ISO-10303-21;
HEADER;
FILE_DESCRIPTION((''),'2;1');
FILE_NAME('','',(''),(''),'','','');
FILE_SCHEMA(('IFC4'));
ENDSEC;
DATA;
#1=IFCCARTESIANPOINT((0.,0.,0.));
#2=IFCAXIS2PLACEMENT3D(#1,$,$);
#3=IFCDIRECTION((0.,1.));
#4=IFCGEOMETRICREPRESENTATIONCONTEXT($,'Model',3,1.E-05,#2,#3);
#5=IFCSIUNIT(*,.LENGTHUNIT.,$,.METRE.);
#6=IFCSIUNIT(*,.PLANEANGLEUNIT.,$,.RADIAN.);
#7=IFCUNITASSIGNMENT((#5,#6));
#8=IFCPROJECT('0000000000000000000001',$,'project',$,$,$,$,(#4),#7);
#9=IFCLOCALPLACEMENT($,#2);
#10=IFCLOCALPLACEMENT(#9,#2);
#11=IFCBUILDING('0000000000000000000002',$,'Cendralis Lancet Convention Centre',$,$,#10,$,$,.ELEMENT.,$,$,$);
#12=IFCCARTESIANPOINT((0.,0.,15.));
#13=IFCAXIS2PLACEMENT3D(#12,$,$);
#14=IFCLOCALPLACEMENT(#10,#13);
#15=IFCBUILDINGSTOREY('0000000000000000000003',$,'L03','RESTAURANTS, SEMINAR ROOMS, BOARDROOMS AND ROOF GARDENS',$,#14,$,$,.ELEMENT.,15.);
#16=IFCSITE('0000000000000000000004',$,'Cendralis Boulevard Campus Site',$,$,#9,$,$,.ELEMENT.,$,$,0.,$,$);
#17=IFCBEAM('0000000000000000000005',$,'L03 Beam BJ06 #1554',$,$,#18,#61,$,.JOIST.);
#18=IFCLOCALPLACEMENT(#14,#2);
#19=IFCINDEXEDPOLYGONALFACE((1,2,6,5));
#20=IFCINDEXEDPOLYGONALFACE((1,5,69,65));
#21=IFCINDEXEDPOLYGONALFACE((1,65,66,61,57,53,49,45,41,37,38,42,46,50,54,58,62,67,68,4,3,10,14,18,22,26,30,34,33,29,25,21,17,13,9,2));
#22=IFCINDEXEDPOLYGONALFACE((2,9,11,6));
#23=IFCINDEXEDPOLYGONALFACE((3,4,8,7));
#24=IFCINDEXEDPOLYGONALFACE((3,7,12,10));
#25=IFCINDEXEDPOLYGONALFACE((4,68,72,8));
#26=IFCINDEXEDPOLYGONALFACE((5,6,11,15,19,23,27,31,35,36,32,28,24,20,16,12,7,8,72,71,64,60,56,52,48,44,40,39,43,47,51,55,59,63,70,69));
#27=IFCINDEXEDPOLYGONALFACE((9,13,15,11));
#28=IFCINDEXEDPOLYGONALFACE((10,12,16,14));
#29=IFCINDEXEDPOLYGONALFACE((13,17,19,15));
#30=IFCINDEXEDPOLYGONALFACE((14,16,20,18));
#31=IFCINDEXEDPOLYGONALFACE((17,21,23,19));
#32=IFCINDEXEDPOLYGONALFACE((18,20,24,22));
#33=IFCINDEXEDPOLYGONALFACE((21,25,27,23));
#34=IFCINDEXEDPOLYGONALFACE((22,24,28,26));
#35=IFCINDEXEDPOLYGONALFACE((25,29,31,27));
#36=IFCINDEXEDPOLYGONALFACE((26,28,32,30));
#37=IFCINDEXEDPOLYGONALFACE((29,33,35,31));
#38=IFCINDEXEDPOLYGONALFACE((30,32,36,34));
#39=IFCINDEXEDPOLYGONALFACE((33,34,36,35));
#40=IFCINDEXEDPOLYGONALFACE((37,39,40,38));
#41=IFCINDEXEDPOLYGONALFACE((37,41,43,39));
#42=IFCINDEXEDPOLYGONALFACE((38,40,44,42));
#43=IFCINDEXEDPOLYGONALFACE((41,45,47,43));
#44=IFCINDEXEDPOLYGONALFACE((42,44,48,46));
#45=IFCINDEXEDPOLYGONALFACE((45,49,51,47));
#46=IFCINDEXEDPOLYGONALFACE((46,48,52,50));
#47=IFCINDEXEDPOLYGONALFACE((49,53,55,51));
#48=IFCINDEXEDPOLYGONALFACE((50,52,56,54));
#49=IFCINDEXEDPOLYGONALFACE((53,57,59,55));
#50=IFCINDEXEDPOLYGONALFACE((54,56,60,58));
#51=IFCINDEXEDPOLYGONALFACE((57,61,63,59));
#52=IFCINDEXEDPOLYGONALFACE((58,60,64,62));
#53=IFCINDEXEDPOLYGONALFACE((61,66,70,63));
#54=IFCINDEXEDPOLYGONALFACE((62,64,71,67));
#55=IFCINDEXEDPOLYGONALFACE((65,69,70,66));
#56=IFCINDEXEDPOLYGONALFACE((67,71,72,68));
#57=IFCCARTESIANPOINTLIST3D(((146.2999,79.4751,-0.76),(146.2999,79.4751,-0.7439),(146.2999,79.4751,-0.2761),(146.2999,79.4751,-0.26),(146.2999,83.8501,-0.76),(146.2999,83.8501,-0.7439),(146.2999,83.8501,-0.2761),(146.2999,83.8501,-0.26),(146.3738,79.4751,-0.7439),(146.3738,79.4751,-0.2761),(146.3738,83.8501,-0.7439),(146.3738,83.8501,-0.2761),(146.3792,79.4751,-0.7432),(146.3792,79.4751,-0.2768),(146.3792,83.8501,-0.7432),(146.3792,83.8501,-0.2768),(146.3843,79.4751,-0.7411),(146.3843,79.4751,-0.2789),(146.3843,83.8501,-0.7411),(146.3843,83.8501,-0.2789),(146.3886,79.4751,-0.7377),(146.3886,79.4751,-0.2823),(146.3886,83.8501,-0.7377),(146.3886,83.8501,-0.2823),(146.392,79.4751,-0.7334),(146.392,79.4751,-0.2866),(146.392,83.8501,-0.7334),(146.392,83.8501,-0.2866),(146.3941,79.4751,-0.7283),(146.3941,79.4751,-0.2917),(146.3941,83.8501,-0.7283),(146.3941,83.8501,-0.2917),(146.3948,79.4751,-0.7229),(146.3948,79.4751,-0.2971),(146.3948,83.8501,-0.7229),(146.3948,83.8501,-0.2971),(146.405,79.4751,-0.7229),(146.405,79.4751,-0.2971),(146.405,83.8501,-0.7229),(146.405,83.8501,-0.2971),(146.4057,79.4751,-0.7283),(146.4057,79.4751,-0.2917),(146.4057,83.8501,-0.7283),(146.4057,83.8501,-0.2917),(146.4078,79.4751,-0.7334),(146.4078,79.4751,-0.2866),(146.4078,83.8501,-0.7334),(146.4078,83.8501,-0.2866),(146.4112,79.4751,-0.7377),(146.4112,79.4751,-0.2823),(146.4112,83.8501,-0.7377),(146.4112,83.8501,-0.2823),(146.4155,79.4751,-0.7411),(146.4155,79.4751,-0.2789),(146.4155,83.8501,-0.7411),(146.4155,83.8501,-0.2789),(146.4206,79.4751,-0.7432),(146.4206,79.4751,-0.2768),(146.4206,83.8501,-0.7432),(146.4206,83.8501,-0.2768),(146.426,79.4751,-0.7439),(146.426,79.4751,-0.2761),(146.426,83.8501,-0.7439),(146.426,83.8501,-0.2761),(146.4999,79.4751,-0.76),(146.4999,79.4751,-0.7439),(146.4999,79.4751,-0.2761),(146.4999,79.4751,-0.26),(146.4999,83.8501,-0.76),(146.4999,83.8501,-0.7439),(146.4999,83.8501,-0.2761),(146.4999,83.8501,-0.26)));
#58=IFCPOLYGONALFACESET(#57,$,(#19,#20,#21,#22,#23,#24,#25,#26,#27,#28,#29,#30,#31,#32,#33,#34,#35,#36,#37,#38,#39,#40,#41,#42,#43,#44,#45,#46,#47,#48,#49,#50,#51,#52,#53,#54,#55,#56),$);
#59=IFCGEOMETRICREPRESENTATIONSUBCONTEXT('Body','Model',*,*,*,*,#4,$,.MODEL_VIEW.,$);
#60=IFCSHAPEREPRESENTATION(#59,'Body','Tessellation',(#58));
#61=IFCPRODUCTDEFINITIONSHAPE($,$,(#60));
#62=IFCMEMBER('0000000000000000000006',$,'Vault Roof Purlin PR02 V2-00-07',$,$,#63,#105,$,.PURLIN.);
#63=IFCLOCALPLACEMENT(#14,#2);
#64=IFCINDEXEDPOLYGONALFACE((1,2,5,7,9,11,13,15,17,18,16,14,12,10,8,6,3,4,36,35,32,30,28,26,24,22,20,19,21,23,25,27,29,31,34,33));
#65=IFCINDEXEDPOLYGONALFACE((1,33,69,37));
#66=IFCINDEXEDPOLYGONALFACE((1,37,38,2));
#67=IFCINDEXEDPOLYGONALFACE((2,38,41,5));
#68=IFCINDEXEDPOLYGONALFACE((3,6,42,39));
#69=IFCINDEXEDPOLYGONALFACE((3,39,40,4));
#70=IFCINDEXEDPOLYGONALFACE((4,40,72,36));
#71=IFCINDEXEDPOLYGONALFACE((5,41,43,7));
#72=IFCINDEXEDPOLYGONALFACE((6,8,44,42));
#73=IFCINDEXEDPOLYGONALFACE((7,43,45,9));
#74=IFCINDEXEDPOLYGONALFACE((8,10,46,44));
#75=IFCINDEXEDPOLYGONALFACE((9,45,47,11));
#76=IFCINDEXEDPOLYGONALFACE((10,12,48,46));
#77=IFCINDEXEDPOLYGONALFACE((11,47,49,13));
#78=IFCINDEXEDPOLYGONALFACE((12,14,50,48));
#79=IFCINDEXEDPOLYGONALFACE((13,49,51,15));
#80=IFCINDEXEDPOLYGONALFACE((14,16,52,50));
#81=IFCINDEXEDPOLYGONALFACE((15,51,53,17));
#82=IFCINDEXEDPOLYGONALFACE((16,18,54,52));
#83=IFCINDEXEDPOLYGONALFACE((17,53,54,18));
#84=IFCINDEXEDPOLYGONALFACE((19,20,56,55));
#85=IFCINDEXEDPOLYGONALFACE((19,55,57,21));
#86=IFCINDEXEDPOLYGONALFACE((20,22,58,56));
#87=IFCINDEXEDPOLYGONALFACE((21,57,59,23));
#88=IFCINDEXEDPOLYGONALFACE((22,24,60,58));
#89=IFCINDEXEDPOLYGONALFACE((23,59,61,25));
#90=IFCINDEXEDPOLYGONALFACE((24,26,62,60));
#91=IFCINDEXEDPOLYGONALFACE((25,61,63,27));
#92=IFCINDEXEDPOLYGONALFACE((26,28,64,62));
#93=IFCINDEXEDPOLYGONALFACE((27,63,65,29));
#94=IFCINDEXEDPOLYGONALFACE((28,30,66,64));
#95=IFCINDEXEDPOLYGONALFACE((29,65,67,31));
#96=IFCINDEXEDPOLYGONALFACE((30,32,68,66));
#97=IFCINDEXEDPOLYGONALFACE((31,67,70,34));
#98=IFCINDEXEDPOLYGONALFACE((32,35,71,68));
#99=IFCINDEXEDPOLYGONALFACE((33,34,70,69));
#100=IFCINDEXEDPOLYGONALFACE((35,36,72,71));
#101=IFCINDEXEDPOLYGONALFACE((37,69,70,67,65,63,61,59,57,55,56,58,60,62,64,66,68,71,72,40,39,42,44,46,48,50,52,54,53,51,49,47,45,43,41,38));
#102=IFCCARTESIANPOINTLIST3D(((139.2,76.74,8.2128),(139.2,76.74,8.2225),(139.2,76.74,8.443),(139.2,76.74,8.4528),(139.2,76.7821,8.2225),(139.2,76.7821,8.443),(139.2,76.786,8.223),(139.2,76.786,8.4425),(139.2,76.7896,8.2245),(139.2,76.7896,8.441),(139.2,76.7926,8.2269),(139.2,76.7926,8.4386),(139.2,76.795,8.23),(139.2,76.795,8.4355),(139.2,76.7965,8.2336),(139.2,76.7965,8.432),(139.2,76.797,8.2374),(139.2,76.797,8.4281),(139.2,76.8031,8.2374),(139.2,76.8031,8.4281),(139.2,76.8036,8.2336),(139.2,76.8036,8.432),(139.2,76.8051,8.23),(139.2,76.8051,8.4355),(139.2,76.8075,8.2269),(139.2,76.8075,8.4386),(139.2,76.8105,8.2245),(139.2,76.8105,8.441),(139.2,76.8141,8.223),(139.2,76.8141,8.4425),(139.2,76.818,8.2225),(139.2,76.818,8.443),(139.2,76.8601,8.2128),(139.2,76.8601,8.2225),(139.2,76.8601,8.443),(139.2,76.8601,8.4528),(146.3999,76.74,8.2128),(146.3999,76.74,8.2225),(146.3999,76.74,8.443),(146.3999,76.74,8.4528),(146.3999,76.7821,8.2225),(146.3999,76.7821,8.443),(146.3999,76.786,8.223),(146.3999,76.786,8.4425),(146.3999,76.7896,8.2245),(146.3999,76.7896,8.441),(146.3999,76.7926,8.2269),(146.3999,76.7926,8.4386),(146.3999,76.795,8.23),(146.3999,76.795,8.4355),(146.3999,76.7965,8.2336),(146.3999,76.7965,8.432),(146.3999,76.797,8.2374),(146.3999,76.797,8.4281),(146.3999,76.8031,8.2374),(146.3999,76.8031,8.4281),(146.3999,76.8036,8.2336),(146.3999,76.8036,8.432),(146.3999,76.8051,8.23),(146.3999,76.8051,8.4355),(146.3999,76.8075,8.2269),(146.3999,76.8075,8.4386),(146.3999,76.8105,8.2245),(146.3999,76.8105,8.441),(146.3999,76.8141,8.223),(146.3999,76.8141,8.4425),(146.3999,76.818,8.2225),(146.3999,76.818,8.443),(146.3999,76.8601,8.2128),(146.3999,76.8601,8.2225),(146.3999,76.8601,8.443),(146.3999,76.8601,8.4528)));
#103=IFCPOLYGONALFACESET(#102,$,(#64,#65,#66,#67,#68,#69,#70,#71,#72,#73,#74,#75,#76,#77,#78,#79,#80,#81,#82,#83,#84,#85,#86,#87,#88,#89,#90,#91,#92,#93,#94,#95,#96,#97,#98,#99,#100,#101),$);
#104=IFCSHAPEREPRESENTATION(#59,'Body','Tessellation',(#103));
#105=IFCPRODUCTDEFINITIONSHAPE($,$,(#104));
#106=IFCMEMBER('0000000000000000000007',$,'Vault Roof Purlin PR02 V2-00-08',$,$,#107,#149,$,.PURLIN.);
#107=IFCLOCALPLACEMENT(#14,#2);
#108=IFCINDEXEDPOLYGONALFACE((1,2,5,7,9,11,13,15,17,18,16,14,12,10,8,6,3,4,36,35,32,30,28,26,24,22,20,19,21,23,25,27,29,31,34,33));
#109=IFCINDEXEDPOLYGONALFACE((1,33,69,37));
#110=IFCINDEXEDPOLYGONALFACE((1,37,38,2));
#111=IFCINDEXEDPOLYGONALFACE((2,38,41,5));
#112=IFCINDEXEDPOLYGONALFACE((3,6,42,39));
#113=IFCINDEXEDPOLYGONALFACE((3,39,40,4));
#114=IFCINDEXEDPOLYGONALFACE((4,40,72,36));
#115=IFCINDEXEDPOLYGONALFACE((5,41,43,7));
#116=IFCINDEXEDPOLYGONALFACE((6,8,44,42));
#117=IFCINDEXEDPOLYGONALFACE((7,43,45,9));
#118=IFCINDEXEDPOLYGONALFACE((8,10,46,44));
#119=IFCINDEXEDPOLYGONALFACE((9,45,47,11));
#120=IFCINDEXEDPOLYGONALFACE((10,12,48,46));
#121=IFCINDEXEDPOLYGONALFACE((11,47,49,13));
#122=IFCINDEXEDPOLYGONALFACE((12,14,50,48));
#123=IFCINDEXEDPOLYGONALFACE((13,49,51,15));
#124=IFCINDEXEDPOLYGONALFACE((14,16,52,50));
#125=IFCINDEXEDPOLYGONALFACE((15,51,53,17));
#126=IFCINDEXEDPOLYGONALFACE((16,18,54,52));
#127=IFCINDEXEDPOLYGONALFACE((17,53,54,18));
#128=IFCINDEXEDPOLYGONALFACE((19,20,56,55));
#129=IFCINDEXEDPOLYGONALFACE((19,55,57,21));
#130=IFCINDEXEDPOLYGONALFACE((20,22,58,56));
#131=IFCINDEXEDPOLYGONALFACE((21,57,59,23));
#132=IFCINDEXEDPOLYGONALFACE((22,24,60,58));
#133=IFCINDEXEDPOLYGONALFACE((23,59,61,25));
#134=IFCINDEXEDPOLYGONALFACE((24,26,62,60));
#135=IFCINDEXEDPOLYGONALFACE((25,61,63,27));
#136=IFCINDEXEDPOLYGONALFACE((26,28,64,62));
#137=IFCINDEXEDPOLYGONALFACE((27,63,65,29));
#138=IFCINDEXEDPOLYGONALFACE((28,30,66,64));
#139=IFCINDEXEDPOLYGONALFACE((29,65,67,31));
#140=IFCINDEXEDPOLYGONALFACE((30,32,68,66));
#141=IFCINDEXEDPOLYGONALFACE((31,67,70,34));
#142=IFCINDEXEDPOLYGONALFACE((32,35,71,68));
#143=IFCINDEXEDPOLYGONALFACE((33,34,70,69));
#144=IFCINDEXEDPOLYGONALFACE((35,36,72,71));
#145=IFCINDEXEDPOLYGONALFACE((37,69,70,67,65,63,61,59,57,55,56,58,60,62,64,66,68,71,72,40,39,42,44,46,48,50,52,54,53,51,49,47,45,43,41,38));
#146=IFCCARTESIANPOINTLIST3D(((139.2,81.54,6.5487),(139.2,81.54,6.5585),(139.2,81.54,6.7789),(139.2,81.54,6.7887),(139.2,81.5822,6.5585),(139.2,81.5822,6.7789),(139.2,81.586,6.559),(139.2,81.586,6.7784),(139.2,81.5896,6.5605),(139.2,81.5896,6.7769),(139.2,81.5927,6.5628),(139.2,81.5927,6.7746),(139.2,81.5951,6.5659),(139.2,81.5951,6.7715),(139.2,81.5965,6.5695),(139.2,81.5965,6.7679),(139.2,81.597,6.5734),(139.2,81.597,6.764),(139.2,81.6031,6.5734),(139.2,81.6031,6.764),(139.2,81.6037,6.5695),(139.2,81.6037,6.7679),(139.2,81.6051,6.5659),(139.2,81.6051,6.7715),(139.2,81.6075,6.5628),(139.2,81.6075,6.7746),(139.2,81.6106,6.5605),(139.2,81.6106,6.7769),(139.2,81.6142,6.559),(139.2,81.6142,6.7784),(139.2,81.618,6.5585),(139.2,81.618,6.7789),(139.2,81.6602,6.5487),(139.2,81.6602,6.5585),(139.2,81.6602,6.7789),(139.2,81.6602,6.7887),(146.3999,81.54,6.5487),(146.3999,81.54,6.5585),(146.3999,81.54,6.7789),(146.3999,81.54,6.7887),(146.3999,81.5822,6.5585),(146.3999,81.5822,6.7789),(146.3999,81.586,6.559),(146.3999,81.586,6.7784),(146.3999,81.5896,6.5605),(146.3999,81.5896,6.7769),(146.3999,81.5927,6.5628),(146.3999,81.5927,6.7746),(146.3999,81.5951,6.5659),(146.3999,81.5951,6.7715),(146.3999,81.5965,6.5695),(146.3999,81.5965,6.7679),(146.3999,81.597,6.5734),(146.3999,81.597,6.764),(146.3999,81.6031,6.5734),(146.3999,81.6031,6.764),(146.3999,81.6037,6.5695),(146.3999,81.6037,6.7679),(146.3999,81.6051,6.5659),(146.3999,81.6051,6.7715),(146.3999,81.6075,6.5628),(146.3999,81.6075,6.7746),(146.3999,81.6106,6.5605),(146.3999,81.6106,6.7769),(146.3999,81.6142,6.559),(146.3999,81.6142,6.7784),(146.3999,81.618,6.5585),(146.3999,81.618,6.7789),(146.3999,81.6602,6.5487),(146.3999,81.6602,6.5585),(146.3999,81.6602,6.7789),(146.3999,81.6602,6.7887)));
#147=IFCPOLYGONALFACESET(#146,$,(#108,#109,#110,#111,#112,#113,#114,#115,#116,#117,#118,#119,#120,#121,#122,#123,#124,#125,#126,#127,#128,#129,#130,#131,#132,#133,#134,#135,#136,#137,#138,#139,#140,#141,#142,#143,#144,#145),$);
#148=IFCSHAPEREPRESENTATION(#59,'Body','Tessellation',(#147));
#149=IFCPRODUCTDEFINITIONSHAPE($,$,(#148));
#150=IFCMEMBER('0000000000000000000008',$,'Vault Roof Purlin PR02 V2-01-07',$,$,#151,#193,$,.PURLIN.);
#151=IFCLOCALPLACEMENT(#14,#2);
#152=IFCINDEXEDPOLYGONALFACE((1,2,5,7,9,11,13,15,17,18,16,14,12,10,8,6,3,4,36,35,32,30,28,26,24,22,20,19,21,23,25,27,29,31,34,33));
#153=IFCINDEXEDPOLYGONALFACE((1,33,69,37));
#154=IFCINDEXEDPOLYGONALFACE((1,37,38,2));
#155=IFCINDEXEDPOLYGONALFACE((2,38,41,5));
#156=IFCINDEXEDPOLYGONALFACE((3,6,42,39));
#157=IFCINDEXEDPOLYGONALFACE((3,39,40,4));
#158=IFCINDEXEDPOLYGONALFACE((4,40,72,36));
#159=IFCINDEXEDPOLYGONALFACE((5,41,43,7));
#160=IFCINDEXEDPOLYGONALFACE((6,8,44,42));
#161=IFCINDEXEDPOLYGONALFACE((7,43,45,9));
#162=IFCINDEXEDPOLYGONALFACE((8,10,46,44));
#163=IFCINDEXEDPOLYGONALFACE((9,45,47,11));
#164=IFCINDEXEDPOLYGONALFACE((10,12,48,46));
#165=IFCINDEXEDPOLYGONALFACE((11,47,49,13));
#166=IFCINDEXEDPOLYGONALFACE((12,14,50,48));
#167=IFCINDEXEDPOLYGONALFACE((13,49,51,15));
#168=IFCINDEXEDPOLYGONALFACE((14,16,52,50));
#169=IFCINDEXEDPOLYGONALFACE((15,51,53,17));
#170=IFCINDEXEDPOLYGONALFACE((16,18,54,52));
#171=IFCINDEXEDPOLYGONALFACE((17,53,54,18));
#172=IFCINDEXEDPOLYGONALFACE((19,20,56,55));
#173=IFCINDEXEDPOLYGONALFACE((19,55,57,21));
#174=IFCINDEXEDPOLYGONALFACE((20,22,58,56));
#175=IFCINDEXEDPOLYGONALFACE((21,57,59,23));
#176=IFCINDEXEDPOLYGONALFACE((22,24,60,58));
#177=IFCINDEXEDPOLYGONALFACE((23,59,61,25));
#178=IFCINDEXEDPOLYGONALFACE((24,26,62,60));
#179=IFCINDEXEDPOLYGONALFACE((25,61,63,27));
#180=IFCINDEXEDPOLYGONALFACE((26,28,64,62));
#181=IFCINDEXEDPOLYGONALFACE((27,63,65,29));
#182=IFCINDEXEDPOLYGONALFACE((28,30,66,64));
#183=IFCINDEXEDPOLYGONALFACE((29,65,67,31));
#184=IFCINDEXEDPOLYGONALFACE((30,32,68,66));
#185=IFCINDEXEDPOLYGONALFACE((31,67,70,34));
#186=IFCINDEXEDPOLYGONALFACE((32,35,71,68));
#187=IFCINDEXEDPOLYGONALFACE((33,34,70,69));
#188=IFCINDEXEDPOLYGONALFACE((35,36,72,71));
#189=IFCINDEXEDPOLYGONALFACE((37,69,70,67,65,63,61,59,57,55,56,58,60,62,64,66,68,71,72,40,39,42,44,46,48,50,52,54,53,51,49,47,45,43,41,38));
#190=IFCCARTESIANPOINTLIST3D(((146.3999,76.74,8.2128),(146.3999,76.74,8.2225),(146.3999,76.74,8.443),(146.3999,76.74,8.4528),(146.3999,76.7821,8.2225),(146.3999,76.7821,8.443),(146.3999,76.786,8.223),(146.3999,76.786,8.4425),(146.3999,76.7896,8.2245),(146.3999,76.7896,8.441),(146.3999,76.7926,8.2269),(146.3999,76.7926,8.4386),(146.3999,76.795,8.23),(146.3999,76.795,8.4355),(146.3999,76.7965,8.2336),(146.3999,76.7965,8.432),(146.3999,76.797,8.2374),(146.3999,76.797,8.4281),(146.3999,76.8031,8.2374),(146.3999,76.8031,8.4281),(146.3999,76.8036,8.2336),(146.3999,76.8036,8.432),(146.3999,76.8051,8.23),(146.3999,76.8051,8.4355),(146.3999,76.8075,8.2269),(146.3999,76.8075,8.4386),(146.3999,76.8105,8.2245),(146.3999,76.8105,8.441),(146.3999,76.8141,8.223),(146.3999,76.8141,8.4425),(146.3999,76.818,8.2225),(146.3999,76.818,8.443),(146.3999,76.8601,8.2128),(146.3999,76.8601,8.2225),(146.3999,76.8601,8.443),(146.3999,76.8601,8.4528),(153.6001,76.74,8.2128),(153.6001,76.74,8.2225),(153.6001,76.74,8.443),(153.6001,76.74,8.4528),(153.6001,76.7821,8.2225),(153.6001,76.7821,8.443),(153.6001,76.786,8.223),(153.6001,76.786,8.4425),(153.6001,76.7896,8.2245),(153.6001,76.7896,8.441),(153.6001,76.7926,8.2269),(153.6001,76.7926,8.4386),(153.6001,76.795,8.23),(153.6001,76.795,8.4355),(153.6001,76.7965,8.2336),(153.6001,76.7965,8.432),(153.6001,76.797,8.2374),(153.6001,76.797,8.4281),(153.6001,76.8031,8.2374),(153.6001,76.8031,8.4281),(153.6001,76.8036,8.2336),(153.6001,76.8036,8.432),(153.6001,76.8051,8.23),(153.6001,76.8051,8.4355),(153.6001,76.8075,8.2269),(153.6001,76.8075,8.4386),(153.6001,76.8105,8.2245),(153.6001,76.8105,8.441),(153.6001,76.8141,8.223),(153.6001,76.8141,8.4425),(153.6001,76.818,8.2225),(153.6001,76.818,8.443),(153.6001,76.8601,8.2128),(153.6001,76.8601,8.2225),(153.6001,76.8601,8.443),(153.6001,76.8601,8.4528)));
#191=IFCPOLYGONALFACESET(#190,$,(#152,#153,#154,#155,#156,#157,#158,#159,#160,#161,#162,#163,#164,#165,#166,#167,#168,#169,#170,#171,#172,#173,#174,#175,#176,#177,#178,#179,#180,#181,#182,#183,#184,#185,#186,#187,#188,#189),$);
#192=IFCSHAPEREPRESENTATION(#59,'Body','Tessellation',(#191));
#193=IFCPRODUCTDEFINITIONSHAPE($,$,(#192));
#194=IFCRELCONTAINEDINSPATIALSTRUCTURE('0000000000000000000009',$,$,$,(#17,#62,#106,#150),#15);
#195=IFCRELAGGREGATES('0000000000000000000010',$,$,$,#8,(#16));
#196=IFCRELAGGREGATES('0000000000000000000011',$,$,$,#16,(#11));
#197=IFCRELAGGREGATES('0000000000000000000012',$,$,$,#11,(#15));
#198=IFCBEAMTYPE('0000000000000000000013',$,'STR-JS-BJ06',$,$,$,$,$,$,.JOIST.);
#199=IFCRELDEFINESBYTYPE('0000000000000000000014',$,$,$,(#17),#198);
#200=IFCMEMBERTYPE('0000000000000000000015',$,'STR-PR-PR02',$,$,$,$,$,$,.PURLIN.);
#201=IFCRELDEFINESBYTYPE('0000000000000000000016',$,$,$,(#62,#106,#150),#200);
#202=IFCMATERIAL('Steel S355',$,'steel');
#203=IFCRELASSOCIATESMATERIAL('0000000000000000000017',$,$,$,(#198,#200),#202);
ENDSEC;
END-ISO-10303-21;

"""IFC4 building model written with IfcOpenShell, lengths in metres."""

from ifc_helpers import new_model, si_unit, direction, frame, origin, origin_2d, place, context, subcontext, project, spatial, i_section, extrude, material, material_profile, profile_set, type_object, element, save


model = new_model("IFC4")

# Units and contexts
model_context = context("Model", 3, precision=1e-05, world=origin(), true_north=direction((0.0, 1.0)))
body_context = subcontext(model_context, "Body", "Model", "MODEL_VIEW")
ifc_project = project(units=[si_unit("LENGTHUNIT", "METRE"), si_unit("PLANEANGLEUNIT", "RADIAN")], contexts=[model_context])

# Site, building, storey
site_placement = place(None, origin())
site = spatial("IfcSite", under=ifc_project, at=site_placement, Name="Cendralis Boulevard Campus Site", CompositionType="ELEMENT", RefElevation=0.0)
building_placement = place(site_placement, origin())
building = spatial("IfcBuilding", under=site, at=building_placement, Name="Cendralis Lancet Convention Centre", CompositionType="ELEMENT")
storey_placement = place(building_placement, frame((0.0, 0.0, 15.0)))
storey = spatial("IfcBuildingStorey", under=building, at=storey_placement, Name="L03", Description="RESTAURANTS, SEMINAR ROOMS, BOARDROOMS AND ROOF GARDENS", CompositionType="ELEMENT", Elevation=15.0)

# Shared definitions
ifc_material_1 = material(Name="Steel S355", Category="steel")

# Beam
ifc_material_profile_1 = material_profile(ifc_material_1, i_section(OverallWidth=0.2, OverallDepth=0.5, WebThickness=0.0103, FlangeThickness=0.0161, FilletRadius=0.021, at=origin_2d()), Name="IPE 500")
ifc_profile_set_1 = profile_set([ifc_material_profile_1], Name="Steel S355")
beam_type_1 = type_object("IfcBeamType", Name="STR-JS-BJ06", PredefinedType="JOIST", material=ifc_profile_set_1)
beam_1_placement = place(storey_placement, frame((146.3999, 79.4751, -0.51), z_axis=(0.0, 1.0, 0.0), x_axis=(-1.0, 0.0, 0.0)))
element("IfcBeam", 1, at=beam_1_placement, inside=storey, type_object=beam_type_1, Name="L03 Beam BJ06 #1554", PredefinedType="JOIST", context=body_context, shape_type="SweptSolid", body=[
    extrude(i_section(OverallWidth=0.2, OverallDepth=0.5, WebThickness=0.0103, FlangeThickness=0.0161, FilletRadius=0.021, at=origin_2d()), origin(), (0.0, 0.0, 1.0), 4.375),
])

# Members
ifc_material_profile_2 = material_profile(ifc_material_1, i_section(OverallWidth=0.1201, OverallDepth=0.24, WebThickness=0.0061, FlangeThickness=0.0098, FilletRadius=0.0149, at=origin_2d()), Name="IPE 240")
ifc_profile_set_2 = profile_set([ifc_material_profile_2], Name="Steel S355")
member_type_1 = type_object("IfcMemberType", Name="STR-PR-PR02", PredefinedType="PURLIN", material=ifc_profile_set_2)
for number, where, z_axis, x_axis, name in (
    (2, (139.2, 76.8, 8.3328), (1.0, 0.0, 0.0), (0.0, 1.0, 0.0), "Vault Roof Purlin PR02 V2-00-07"),
    (3, (139.2, 81.6001, 6.6687), (1.0, 0.0, 0.0), (0.0, 1.0, 0.0), "Vault Roof Purlin PR02 V2-00-08"),
):
    element("IfcMember", number, at=place(storey_placement, frame(where, z_axis=z_axis, x_axis=x_axis)), inside=storey, type_object=member_type_1, Name=name, PredefinedType="PURLIN", context=body_context, shape_type="SweptSolid", body=[
        extrude(i_section(OverallWidth=0.1201, OverallDepth=0.24, WebThickness=0.0061, FlangeThickness=0.0098, FilletRadius=0.0149, at=origin_2d()), origin(), (0.0, 0.0, 1.0), 7.2),
    ])
member_1_placement = place(storey_placement, frame((146.3999, 76.8, 8.3328), z_axis=(1.0, 0.0, 0.0), x_axis=(0.0, 1.0, 0.0)))
element("IfcMember", 4, at=member_1_placement, inside=storey, type_object=member_type_1, Name="Vault Roof Purlin PR02 V2-01-07", PredefinedType="PURLIN", context=body_context, shape_type="SweptSolid", body=[
    extrude(i_section(OverallWidth=0.1201, OverallDepth=0.24, WebThickness=0.0061, FlangeThickness=0.0098, FilletRadius=0.0149, at=origin_2d()), origin(), (0.0, 0.0, 1.0), 7.2002),
])

save(model, "model.ifc")
